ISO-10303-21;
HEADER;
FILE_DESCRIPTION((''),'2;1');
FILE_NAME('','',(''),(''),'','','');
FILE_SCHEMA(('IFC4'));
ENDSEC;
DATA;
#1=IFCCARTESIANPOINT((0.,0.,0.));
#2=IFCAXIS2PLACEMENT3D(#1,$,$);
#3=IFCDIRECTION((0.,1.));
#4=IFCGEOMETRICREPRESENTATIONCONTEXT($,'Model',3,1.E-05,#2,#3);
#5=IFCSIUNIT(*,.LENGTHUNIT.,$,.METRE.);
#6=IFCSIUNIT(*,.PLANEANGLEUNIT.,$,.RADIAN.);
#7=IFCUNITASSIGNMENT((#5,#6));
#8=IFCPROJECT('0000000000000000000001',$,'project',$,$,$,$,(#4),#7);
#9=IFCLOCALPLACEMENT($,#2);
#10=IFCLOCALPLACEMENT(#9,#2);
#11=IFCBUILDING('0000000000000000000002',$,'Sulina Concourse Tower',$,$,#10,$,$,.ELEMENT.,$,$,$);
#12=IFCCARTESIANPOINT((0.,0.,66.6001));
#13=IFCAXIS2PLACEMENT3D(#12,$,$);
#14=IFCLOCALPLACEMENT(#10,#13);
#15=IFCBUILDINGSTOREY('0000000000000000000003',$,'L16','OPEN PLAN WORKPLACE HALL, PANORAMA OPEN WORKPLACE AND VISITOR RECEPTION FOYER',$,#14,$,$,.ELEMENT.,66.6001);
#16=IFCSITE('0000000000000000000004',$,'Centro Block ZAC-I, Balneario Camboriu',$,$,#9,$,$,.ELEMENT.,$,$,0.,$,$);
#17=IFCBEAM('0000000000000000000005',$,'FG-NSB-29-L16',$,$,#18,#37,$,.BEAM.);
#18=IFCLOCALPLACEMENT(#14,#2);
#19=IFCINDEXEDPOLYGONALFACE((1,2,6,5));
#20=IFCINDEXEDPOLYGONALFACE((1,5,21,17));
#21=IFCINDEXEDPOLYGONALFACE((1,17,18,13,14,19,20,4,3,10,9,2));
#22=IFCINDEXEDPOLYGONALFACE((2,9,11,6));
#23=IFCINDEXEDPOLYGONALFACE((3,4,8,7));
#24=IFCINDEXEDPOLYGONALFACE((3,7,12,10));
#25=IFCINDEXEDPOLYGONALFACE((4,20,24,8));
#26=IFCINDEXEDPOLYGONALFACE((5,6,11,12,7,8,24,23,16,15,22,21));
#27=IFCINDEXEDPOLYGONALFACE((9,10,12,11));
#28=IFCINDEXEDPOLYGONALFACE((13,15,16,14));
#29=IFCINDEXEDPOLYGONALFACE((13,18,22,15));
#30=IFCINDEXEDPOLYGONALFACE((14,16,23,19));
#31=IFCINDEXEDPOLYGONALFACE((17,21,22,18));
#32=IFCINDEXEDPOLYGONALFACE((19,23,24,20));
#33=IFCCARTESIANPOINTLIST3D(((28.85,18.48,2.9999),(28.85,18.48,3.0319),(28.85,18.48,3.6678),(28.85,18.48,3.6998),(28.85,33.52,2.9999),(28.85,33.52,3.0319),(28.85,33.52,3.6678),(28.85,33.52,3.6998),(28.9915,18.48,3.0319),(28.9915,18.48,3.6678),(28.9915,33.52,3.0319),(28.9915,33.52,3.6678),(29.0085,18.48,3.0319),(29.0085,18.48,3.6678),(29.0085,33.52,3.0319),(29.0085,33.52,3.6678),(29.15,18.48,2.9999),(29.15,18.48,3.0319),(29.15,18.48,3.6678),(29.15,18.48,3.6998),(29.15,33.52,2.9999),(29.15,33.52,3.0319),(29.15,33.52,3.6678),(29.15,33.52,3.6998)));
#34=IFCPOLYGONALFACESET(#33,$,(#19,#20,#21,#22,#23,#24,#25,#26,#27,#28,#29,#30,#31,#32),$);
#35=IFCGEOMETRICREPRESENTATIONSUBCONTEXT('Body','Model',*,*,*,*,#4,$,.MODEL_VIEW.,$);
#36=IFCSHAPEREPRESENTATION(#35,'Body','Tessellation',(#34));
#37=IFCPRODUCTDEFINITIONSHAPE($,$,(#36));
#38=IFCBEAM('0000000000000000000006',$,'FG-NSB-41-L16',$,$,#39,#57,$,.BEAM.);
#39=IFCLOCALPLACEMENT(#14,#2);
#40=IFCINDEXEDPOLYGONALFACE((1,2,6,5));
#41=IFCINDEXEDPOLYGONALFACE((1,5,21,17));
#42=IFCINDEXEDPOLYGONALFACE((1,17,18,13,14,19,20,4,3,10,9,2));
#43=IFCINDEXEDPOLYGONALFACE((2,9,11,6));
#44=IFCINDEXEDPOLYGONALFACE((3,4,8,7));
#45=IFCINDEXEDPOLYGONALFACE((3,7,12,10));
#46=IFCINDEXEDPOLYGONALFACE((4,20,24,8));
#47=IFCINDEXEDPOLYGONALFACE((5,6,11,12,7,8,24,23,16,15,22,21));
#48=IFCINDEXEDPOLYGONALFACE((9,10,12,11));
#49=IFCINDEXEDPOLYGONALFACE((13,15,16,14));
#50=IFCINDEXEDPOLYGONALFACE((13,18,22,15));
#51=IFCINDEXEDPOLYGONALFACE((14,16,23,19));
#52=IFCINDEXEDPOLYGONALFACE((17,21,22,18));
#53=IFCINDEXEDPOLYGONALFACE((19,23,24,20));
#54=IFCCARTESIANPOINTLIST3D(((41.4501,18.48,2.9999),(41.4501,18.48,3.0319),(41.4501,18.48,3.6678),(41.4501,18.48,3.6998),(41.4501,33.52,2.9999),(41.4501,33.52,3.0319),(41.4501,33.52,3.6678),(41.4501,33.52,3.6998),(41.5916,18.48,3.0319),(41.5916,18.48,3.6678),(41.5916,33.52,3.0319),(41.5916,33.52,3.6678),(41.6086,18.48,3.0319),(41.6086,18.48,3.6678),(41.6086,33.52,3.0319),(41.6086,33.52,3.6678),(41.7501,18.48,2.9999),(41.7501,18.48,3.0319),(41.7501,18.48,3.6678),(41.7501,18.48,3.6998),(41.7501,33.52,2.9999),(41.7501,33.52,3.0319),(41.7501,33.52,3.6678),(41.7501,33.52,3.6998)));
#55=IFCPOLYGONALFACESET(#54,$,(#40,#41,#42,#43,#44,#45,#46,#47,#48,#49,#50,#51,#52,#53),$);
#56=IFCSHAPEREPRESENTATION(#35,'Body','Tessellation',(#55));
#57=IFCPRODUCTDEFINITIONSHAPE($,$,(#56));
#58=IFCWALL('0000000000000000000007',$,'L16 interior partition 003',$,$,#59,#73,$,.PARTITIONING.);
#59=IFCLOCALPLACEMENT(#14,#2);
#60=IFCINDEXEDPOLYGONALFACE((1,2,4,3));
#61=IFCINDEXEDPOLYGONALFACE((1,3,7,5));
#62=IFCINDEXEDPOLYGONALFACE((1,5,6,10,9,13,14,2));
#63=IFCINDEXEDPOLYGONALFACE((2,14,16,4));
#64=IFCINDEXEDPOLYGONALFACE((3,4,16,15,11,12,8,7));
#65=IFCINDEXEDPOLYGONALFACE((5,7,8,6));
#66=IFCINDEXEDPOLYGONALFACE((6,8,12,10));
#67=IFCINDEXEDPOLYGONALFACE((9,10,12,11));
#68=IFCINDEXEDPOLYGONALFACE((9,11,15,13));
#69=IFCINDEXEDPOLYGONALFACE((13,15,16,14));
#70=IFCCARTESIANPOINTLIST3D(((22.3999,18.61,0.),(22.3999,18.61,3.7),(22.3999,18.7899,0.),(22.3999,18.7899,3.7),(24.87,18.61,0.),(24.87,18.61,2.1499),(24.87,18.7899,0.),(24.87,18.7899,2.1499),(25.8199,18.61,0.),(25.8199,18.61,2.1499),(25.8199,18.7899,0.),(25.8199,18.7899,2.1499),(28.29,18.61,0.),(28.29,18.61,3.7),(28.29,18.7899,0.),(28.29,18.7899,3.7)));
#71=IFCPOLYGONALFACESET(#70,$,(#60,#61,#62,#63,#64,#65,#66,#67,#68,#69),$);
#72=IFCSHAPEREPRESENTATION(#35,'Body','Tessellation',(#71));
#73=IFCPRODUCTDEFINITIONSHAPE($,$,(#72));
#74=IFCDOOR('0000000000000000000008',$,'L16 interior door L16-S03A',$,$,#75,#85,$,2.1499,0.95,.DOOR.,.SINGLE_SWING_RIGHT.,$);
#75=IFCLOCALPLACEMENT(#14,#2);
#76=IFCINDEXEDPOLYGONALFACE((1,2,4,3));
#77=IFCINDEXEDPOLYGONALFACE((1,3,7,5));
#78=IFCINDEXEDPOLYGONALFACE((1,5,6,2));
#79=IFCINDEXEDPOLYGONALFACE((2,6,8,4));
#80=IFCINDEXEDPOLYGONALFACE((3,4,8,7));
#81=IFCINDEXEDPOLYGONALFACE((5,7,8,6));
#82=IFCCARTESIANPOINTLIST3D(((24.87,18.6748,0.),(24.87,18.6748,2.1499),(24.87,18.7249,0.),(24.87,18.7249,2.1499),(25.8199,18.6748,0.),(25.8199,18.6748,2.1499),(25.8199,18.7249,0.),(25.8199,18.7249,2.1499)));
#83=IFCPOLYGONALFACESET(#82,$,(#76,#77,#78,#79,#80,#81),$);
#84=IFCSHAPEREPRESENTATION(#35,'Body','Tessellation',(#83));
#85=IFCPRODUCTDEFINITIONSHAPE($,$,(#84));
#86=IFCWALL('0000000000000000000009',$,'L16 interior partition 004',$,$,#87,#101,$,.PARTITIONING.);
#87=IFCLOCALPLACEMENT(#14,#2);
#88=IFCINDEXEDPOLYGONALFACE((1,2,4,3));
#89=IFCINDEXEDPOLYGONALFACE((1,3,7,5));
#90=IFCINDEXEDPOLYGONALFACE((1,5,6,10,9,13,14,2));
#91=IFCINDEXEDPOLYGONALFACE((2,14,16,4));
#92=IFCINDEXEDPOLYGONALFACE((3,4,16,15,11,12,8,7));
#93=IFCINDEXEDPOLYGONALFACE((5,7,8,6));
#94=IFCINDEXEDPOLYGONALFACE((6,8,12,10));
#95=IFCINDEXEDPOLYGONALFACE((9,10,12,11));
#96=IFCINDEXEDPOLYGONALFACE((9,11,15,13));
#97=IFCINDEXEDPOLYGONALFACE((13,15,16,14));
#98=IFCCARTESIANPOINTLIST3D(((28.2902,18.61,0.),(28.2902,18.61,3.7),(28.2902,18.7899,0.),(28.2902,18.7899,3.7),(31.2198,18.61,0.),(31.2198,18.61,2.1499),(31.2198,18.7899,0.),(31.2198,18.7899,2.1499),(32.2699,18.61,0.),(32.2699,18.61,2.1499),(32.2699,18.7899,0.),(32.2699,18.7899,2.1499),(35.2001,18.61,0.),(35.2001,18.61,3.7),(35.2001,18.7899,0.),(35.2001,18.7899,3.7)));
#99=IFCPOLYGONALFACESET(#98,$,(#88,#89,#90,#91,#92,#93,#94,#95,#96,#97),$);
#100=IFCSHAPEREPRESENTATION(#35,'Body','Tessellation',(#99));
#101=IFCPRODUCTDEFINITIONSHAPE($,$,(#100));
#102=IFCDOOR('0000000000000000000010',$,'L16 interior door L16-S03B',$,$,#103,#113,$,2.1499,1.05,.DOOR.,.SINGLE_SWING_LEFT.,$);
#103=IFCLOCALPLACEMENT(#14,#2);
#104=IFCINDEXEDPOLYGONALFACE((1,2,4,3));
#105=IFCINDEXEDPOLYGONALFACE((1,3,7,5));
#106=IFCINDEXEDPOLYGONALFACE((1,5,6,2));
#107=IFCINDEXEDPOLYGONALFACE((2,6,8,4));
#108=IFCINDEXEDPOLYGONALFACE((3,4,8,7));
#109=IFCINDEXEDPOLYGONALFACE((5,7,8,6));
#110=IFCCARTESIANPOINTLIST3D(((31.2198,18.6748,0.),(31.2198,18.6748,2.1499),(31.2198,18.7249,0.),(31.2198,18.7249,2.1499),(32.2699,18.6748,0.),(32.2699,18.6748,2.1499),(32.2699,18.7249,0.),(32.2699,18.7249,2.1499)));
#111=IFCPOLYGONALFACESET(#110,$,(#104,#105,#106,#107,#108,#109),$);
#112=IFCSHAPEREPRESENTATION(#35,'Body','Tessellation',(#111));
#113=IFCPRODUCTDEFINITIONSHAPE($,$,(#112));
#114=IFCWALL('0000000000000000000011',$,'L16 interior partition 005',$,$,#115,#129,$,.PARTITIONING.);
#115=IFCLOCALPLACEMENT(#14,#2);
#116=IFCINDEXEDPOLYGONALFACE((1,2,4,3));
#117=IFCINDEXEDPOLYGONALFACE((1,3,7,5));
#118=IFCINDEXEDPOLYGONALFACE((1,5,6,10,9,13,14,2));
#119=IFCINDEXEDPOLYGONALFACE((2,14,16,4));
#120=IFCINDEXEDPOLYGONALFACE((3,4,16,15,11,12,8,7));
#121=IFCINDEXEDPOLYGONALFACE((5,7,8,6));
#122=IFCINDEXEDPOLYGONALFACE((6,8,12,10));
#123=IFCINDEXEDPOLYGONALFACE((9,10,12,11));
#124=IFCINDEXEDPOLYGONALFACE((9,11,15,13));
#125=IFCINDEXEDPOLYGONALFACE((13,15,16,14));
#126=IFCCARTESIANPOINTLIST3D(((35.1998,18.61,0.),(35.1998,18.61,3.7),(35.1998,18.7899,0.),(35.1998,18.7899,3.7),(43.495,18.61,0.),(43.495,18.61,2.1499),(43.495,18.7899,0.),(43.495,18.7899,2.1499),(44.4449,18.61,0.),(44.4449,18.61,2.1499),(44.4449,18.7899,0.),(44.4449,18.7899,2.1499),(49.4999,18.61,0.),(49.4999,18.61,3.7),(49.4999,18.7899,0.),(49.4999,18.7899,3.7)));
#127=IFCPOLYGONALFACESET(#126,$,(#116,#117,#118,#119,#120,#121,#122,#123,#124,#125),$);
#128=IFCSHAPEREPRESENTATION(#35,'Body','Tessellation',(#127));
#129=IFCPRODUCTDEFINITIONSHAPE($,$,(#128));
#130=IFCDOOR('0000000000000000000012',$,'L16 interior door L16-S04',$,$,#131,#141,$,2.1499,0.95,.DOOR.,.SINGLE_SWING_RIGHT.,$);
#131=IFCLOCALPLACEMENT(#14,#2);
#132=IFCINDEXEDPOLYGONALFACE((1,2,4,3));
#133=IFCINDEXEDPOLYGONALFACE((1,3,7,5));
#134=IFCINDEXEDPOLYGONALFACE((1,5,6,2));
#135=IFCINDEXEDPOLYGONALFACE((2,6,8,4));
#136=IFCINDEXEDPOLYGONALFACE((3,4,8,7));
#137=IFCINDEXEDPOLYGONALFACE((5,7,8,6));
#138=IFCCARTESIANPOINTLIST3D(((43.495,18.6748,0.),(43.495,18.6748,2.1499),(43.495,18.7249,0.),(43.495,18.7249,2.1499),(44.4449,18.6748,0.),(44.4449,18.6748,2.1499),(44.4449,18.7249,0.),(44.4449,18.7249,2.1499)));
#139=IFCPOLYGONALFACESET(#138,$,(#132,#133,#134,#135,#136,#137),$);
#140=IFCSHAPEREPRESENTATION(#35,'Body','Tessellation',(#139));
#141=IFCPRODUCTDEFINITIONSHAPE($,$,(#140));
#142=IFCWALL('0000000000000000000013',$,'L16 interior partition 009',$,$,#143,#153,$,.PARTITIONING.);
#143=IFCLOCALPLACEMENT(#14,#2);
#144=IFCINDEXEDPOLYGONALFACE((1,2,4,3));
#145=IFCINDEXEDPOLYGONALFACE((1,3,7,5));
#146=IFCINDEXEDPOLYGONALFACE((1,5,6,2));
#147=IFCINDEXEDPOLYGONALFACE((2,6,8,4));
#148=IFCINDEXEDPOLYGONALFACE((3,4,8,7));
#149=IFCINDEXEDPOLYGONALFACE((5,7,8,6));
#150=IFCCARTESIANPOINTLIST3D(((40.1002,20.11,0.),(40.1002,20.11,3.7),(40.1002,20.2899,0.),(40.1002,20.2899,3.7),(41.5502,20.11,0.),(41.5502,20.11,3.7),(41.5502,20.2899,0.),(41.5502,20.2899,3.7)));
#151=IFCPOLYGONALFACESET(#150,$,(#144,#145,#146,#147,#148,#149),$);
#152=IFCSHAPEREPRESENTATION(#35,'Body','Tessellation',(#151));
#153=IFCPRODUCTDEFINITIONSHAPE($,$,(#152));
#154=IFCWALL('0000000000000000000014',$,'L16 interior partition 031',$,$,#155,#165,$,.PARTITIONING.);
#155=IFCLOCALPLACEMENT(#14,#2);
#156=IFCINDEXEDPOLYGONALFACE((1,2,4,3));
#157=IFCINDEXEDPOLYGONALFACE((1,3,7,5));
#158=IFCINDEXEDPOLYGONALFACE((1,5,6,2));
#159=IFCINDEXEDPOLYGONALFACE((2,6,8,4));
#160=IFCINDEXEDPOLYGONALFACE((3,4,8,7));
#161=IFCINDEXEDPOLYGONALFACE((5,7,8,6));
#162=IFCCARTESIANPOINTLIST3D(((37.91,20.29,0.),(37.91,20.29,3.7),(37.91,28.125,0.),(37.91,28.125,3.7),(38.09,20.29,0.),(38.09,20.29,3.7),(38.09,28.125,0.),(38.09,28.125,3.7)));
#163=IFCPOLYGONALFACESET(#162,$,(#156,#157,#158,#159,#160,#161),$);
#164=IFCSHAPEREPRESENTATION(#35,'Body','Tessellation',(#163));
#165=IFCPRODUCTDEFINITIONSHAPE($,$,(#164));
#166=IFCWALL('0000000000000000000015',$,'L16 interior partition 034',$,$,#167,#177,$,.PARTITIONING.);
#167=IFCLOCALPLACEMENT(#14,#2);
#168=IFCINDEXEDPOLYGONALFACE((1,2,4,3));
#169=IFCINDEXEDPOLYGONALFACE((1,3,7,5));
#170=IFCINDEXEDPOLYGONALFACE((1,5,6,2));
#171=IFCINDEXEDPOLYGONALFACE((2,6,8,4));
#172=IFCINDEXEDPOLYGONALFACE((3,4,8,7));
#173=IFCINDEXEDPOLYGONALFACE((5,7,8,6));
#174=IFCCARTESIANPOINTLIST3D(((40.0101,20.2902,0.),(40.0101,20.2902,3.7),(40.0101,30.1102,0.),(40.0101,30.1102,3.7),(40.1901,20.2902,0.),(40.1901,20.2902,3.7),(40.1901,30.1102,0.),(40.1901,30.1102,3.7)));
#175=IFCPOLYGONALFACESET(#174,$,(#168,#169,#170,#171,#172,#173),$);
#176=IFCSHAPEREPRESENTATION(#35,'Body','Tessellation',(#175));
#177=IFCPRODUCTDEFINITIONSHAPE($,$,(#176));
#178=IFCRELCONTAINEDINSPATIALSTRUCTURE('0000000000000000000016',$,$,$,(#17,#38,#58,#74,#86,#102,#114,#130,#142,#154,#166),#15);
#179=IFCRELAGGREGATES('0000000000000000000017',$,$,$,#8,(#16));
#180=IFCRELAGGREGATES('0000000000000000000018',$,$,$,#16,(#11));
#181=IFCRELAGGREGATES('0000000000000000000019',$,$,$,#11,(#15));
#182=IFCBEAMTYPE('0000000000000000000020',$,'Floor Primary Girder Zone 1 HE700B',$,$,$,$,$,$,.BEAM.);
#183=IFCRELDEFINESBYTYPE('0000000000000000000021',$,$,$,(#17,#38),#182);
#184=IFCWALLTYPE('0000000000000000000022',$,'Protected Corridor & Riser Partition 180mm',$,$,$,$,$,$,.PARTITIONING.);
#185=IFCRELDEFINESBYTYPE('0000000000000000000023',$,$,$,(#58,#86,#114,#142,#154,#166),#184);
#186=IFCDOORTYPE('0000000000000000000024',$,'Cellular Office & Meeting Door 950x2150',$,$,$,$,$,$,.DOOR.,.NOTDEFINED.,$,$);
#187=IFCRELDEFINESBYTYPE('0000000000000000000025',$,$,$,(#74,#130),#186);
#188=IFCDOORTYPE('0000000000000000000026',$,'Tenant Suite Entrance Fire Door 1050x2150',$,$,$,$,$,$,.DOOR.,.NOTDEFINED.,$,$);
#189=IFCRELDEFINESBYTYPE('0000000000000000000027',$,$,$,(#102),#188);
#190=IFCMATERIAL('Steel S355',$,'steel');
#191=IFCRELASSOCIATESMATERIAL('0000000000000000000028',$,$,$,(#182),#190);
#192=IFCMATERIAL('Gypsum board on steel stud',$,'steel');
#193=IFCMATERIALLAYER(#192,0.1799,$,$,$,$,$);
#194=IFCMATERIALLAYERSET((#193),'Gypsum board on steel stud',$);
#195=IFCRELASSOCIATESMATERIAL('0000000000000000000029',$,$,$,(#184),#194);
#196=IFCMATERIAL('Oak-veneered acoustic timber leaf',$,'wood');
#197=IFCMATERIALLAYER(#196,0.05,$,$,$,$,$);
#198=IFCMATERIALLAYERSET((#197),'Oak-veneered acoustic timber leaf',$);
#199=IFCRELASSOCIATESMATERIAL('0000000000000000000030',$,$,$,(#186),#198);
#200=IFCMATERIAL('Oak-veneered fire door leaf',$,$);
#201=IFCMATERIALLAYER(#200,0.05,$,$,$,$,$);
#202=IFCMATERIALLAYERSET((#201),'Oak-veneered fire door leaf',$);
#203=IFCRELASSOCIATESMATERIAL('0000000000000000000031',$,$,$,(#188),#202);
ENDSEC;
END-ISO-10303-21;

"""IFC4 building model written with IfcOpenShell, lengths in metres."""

from ifc_helpers import new_model, si_unit, direction, frame, frame_2d, origin, origin_2d, place, context, subcontext, project, spatial, rectangle, i_section, extrude, material, layer, layer_set, material_profile, profile_set, type_object, element, fill, save


model = new_model("IFC4")

# Units and contexts
model_context = context("Model", 3, precision=1e-05, world=origin(), true_north=direction((0.0, 1.0)))
body_context = subcontext(model_context, "Body", "Model", "MODEL_VIEW")
ifc_project = project(units=[si_unit("LENGTHUNIT", "METRE"), si_unit("PLANEANGLEUNIT", "RADIAN")], contexts=[model_context])

# Site, building, storey
site_placement = place(None, origin())
site = spatial("IfcSite", under=ifc_project, at=site_placement, Name="Centro Block ZAC-I, Balneario Camboriu", CompositionType="ELEMENT", RefElevation=0.0)
building_placement = place(site_placement, origin())
building = spatial("IfcBuilding", under=site, at=building_placement, Name="Sulina Concourse Tower", CompositionType="ELEMENT")
storey_placement = place(building_placement, frame((0.0, 0.0, 66.6001)))
storey = spatial("IfcBuildingStorey", under=building, at=storey_placement, Name="L16", Description="OPEN PLAN WORKPLACE HALL, PANORAMA OPEN WORKPLACE AND VISITOR RECEPTION FOYER", CompositionType="ELEMENT", Elevation=66.6001)

# Beams
ifc_material_1 = material(Name="Steel S355", Category="steel")
ifc_material_profile_1 = material_profile(ifc_material_1, i_section(OverallWidth=0.3, OverallDepth=0.7, WebThickness=0.0171, FlangeThickness=0.032, at=origin_2d()), Name="HE 700 B")
ifc_profile_set_1 = profile_set([ifc_material_profile_1], Name="Steel S355")
beam_type_1 = type_object("IfcBeamType", Name="Floor Primary Girder Zone 1 HE700B", PredefinedType="BEAM", material=ifc_profile_set_1)
for number, where, z_axis, x_axis, name in (
    (1, (29.0, 18.48, 3.3499), (0.0, 1.0, 0.0), (-1.0, 0.0, 0.0), "FG-NSB-29-L16"),
    (2, (41.6001, 18.48, 3.3499), (0.0, 1.0, 0.0), (-1.0, 0.0, 0.0), "FG-NSB-41-L16"),
):
    element("IfcBeam", number, at=place(storey_placement, frame(where, z_axis=z_axis, x_axis=x_axis)), inside=storey, type_object=beam_type_1, Name=name, PredefinedType="BEAM", context=body_context, shape_type="SweptSolid", body=[
        extrude(i_section(OverallWidth=0.3, OverallDepth=0.7, WebThickness=0.0171, FlangeThickness=0.032, at=origin_2d()), origin(), (0.0, 0.0, 1.0), 15.04),
    ])

# Walls, openings, doors
ifc_material_2 = material(Name="Gypsum board on steel stud", Category="steel")
ifc_layer_1 = layer(ifc_material_2, 0.1799)
ifc_layer_set_1 = layer_set([ifc_layer_1], Name="Gypsum board on steel stud")
wall_type = type_object("IfcWallType", Name="Protected Corridor & Riser Partition 180mm", PredefinedType="PARTITIONING", material=ifc_layer_set_1)
wall_1_placement = place(storey_placement, frame((22.3999, 18.7, 0.0), z_axis=(0.0, 0.0, 1.0), x_axis=(1.0, 0.0, 0.0)))
wall_1 = element("IfcWall", 3, at=wall_1_placement, inside=storey, type_object=wall_type, Name="L16 interior partition 003", PredefinedType="PARTITIONING", context=body_context, shape_type="SweptSolid", body=[
    extrude(rectangle(XDim=5.8901, YDim=0.1799, at=frame_2d((2.9451, 0.0))), origin(), (0.0, 0.0, 1.0), 3.7),
])
opening_1_placement = place(wall_1_placement, frame((2.47, 0.0, 0.0)))
opening_1 = element("IfcOpeningElement", 4, at=opening_1_placement, cuts=wall_1, PredefinedType="OPENING", context=body_context, shape_type="SweptSolid", body=[
    extrude(rectangle(XDim=0.95, YDim=2.1499, at=frame_2d((0.4751, 1.075))), frame((0.0, 0.0999, 0.0), z_axis=(0.0, -1.0, 0.0), x_axis=(1.0, 0.0, 0.0)), (0.0, 0.0, 1.0), 0.2),
])
ifc_material_3 = material(Name="Oak-veneered acoustic timber leaf", Category="wood")
ifc_layer_2 = layer(ifc_material_3, 0.05)
ifc_layer_set_2 = layer_set([ifc_layer_2], Name="Oak-veneered acoustic timber leaf")
door_type_1 = type_object("IfcDoorType", Name="Cellular Office & Meeting Door 950x2150", OperationType="NOTDEFINED", PredefinedType="DOOR", material=ifc_layer_set_2)
door_1_placement = place(opening_1_placement, origin())
door_1 = element("IfcDoor", 5, at=door_1_placement, inside=storey, type_object=door_type_1, Name="L16 interior door L16-S03A", OperationType="SINGLE_SWING_RIGHT", OverallHeight=2.1499, OverallWidth=0.95, PredefinedType="DOOR", context=body_context, shape_type="SweptSolid", body=[
    extrude(rectangle(XDim=0.95, YDim=2.1499, at=frame_2d((0.4751, 1.075))), frame((0.0, 0.0249, 0.0), z_axis=(0.0, -1.0, 0.0), x_axis=(1.0, 0.0, 0.0)), (0.0, 0.0, 1.0), 0.05),
])
fill(opening_1, door_1)
wall_2_placement = place(storey_placement, frame((28.29, 18.7, 0.0), z_axis=(0.0, 0.0, 1.0), x_axis=(1.0, 0.0, 0.0)))
wall_2 = element("IfcWall", 6, at=wall_2_placement, inside=storey, type_object=wall_type, Name="L16 interior partition 004", PredefinedType="PARTITIONING", context=body_context, shape_type="SweptSolid", body=[
    extrude(rectangle(XDim=6.9099, YDim=0.1799, at=frame_2d((3.4551, 0.0))), origin(), (0.0, 0.0, 1.0), 3.7),
])
opening_2_placement = place(wall_2_placement, frame((2.9299, 0.0, 0.0)))
opening_2 = element("IfcOpeningElement", 7, at=opening_2_placement, cuts=wall_2, PredefinedType="OPENING", context=body_context, shape_type="SweptSolid", body=[
    extrude(rectangle(XDim=1.05, YDim=2.1499, at=frame_2d((0.5249, 1.075))), frame((0.0, 0.0999, 0.0), z_axis=(0.0, -1.0, 0.0), x_axis=(1.0, 0.0, 0.0)), (0.0, 0.0, 1.0), 0.2),
])
ifc_material_4 = material(Name="Oak-veneered fire door leaf")
ifc_layer_3 = layer(ifc_material_4, 0.05)
ifc_layer_set_3 = layer_set([ifc_layer_3], Name="Oak-veneered fire door leaf")
door_type_2 = type_object("IfcDoorType", Name="Tenant Suite Entrance Fire Door 1050x2150", OperationType="NOTDEFINED", PredefinedType="DOOR", material=ifc_layer_set_3)
door_2_placement = place(opening_2_placement, origin())
door_2 = element("IfcDoor", 8, at=door_2_placement, inside=storey, type_object=door_type_2, Name="L16 interior door L16-S03B", OperationType="SINGLE_SWING_LEFT", OverallHeight=2.1499, OverallWidth=1.05, PredefinedType="DOOR", context=body_context, shape_type="SweptSolid", body=[
    extrude(rectangle(XDim=1.05, YDim=2.1499, at=frame_2d((0.5249, 1.075))), frame((0.0, 0.0249, 0.0), z_axis=(0.0, -1.0, 0.0), x_axis=(1.0, 0.0, 0.0)), (0.0, 0.0, 1.0), 0.05),
])
fill(opening_2, door_2)
wall_3_placement = place(storey_placement, frame((35.2, 18.7, 0.0), z_axis=(0.0, 0.0, 1.0), x_axis=(1.0, 0.0, 0.0)))
wall_3 = element("IfcWall", 9, at=wall_3_placement, inside=storey, type_object=wall_type, Name="L16 interior partition 005", PredefinedType="PARTITIONING", context=body_context, shape_type="SweptSolid", body=[
    extrude(rectangle(XDim=14.3, YDim=0.1799, at=frame_2d((7.1499, 0.0))), origin(), (0.0, 0.0, 1.0), 3.7),
])
opening_3_placement = place(wall_3_placement, frame((8.2949, 0.0, 0.0)))
opening_3 = element("IfcOpeningElement", 10, at=opening_3_placement, cuts=wall_3, PredefinedType="OPENING", context=body_context, shape_type="SweptSolid", body=[
    extrude(rectangle(XDim=0.95, YDim=2.1499, at=frame_2d((0.4751, 1.075))), frame((0.0, 0.0999, 0.0), z_axis=(0.0, -1.0, 0.0), x_axis=(1.0, 0.0, 0.0)), (0.0, 0.0, 1.0), 0.2),
])
door_3_placement = place(opening_3_placement, origin())
door_3 = element("IfcDoor", 11, at=door_3_placement, inside=storey, type_object=door_type_1, Name="L16 interior door L16-S04", OperationType="SINGLE_SWING_RIGHT", OverallHeight=2.1499, OverallWidth=0.95, PredefinedType="DOOR", context=body_context, shape_type="SweptSolid", body=[
    extrude(rectangle(XDim=0.95, YDim=2.1499, at=frame_2d((0.4751, 1.075))), frame((0.0, 0.0249, 0.0), z_axis=(0.0, -1.0, 0.0), x_axis=(1.0, 0.0, 0.0)), (0.0, 0.0, 1.0), 0.05),
])
fill(opening_3, door_3)

# Walls
wall_4_placement = place(storey_placement, frame((40.1001, 20.2, 0.0), z_axis=(0.0, 0.0, 1.0), x_axis=(1.0, 0.0, 0.0)))
element("IfcWall", 12, at=wall_4_placement, inside=storey, type_object=wall_type, Name="L16 interior partition 009", PredefinedType="PARTITIONING", context=body_context, shape_type="SweptSolid", body=[
    extrude(rectangle(XDim=1.45, YDim=0.1799, at=frame_2d((0.7251, 0.0))), origin(), (0.0, 0.0, 1.0), 3.7),
])
wall_5_placement = place(storey_placement, frame((38.0, 20.29, 0.0), z_axis=(0.0, 0.0, 1.0), x_axis=(0.0, 1.0, 0.0)))
element("IfcWall", 13, at=wall_5_placement, inside=storey, type_object=wall_type, Name="L16 interior partition 031", PredefinedType="PARTITIONING", context=body_context, shape_type="SweptSolid", body=[
    extrude(rectangle(XDim=7.835, YDim=0.1799, at=frame_2d((3.9175, 0.0))), origin(), (0.0, 0.0, 1.0), 3.7),
])

# Wall
wall_6_placement = place(storey_placement, frame((40.1001, 20.29, 0.0), z_axis=(0.0, 0.0, 1.0), x_axis=(0.0, 1.0, 0.0)))
element("IfcWall", 14, at=wall_6_placement, inside=storey, type_object=wall_type, Name="L16 interior partition 034", PredefinedType="PARTITIONING", context=body_context, shape_type="SweptSolid", body=[
    extrude(rectangle(XDim=9.8201, YDim=0.1799, at=frame_2d((4.9102, 0.0))), origin(), (0.0, 0.0, 1.0), 3.7),
])

save(model, "model.ifc")
